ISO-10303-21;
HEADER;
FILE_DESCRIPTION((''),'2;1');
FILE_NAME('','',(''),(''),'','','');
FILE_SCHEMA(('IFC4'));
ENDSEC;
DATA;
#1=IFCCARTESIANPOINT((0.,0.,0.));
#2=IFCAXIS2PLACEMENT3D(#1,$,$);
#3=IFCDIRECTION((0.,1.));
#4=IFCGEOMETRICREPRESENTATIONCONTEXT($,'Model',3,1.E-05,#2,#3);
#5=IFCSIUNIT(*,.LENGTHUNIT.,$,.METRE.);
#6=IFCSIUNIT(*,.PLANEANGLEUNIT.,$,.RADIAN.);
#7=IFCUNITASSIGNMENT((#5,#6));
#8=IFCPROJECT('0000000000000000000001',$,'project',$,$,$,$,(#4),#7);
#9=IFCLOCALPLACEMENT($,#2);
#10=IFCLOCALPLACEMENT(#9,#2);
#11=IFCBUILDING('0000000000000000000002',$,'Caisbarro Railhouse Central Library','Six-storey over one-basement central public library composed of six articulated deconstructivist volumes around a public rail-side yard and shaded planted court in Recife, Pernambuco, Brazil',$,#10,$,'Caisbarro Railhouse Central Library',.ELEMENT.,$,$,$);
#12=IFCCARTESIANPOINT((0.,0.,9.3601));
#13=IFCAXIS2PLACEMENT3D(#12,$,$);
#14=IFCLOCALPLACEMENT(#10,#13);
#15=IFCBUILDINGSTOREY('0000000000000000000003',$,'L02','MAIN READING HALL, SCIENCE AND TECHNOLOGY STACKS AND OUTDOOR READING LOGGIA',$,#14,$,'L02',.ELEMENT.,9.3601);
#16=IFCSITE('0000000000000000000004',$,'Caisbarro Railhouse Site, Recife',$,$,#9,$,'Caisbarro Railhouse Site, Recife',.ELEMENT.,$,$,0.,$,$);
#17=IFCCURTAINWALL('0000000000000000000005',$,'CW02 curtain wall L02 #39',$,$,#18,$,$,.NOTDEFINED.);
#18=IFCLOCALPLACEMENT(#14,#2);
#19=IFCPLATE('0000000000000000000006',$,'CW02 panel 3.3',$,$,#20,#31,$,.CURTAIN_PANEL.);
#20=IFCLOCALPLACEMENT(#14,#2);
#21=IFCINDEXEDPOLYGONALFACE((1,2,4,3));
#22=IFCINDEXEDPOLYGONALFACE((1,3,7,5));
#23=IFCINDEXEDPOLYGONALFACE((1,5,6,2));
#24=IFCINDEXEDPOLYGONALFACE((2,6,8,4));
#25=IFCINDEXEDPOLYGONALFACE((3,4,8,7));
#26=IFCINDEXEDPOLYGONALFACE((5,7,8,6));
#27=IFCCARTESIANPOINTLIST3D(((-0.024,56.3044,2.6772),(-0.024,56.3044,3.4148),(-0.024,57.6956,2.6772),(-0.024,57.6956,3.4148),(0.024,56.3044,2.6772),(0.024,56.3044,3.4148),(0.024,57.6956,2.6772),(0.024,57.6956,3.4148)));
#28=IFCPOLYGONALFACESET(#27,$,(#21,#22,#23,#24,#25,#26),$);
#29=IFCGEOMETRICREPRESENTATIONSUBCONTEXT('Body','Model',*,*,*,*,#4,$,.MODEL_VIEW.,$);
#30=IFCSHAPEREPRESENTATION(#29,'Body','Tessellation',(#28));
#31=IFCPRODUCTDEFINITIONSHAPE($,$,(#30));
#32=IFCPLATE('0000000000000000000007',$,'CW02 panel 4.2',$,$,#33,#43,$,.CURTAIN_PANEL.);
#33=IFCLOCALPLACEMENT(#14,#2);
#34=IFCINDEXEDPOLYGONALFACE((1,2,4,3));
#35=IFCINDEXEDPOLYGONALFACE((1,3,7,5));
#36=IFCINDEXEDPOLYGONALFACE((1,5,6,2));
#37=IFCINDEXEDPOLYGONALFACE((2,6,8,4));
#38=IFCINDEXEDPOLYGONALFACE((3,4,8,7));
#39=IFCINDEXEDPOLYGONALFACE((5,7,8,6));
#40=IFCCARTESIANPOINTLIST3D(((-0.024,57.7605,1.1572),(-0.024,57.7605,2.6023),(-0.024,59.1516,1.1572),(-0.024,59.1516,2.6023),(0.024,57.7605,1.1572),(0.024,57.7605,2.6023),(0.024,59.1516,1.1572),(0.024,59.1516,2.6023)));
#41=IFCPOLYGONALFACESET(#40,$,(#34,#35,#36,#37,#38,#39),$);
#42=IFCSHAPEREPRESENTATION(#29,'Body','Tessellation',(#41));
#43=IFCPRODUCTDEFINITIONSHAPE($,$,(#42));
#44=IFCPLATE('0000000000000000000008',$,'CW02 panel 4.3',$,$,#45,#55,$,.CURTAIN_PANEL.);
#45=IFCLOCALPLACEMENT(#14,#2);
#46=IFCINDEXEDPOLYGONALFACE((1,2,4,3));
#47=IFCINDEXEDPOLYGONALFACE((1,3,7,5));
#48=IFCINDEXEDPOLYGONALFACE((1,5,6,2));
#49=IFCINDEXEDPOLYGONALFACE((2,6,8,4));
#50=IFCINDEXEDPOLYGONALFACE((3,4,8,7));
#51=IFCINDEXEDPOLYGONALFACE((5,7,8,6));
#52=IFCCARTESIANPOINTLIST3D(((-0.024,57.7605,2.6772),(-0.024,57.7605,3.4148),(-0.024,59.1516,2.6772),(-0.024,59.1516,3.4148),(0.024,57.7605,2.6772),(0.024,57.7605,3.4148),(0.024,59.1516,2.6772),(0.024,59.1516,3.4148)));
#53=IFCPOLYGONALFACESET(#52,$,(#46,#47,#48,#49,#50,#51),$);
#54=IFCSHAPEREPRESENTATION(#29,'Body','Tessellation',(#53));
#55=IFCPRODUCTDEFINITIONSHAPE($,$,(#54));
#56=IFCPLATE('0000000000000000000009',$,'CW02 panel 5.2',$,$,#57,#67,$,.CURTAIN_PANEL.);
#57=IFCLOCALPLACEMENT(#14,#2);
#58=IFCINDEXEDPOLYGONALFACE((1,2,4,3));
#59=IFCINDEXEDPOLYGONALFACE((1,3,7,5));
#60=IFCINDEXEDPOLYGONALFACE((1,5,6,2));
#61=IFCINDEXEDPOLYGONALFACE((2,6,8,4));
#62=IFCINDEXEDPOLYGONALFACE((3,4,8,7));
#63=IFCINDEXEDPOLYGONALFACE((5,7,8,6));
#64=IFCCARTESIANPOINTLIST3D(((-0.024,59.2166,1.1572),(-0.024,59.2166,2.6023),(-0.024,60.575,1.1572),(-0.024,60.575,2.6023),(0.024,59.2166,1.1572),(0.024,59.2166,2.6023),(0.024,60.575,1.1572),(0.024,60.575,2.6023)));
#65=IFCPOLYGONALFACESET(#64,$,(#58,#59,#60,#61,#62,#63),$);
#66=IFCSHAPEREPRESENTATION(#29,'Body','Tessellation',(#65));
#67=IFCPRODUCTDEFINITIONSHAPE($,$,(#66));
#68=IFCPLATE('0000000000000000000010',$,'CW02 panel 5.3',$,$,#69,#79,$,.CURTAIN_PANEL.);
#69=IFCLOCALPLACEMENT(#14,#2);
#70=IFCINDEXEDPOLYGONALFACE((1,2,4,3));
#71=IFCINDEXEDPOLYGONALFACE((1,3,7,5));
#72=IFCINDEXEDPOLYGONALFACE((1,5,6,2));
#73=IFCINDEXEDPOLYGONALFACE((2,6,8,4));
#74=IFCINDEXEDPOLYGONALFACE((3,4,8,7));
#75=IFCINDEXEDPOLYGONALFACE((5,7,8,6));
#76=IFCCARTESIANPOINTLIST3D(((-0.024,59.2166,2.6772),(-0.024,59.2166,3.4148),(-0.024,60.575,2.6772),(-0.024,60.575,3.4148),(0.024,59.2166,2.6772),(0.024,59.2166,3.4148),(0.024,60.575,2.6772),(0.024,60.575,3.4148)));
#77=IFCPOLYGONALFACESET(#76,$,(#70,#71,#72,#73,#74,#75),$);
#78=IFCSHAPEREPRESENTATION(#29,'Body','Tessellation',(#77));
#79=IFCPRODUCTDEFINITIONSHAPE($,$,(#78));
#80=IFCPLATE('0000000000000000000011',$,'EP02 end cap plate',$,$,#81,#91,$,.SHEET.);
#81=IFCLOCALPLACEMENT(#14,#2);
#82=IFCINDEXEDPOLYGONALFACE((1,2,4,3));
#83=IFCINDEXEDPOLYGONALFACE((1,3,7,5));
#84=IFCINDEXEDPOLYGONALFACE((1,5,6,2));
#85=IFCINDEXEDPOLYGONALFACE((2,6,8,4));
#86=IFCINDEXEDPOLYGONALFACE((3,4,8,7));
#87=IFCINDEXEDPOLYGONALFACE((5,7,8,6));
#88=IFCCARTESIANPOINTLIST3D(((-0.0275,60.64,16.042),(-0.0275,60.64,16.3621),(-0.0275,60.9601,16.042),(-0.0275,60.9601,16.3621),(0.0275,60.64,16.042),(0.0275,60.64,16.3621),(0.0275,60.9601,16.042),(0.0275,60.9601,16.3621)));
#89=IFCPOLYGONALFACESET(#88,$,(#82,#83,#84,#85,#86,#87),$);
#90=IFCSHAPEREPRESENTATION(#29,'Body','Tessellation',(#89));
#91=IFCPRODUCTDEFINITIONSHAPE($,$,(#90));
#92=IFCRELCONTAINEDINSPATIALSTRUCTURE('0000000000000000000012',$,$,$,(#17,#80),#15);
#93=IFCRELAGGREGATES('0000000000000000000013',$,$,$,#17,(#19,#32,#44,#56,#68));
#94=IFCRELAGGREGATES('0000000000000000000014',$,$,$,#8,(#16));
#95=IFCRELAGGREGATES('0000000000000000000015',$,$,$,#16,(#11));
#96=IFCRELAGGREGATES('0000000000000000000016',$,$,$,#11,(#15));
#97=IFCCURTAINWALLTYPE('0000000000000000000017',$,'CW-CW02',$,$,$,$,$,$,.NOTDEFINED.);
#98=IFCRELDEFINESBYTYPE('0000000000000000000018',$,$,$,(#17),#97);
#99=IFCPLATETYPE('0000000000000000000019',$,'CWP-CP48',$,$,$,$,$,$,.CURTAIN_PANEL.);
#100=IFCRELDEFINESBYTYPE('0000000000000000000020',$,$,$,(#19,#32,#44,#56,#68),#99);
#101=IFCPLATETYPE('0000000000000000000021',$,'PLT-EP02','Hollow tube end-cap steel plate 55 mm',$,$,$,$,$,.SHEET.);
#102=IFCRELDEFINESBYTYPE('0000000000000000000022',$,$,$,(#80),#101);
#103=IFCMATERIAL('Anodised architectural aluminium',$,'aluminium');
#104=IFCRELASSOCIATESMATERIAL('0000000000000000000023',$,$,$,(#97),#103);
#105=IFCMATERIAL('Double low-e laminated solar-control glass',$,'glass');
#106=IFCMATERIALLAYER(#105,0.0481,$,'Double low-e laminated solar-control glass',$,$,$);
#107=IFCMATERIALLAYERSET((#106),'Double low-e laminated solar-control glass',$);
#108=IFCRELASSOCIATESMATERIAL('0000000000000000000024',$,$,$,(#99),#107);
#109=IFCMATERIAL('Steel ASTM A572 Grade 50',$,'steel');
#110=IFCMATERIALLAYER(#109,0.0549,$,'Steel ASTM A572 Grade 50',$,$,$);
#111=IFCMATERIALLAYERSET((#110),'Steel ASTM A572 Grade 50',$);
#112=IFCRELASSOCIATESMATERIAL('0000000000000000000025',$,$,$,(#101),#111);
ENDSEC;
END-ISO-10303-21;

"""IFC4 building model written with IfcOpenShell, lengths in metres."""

from ifc_helpers import new_model, si_unit, direction, frame, origin, origin_2d, place, context, subcontext, project, spatial, rectangle, extrude, material, layer, layer_set, type_object, element, aggregate, save


model = new_model("IFC4")

# Units and contexts
model_context = context("Model", 3, precision=1e-05, world=origin(), true_north=direction((0.0, 1.0)))
body_context = subcontext(model_context, "Body", "Model", "MODEL_VIEW")
ifc_project = project(units=[si_unit("LENGTHUNIT", "METRE"), si_unit("PLANEANGLEUNIT", "RADIAN")], contexts=[model_context])

# Site, building, storey
site_placement = place(None, origin())
site = spatial("IfcSite", under=ifc_project, at=site_placement, Name="Caisbarro Railhouse Site, Recife", LongName="Caisbarro Railhouse Site, Recife", CompositionType="ELEMENT", RefElevation=0.0)
building_placement = place(site_placement, origin())
building = spatial("IfcBuilding", under=site, at=building_placement, Name="Caisbarro Railhouse Central Library", Description="Six-storey over one-basement central public library composed of six articulated deconstructivist volumes around a public rail-side yard and shaded planted court in Recife, Pernambuco, Brazil", LongName="Caisbarro Railhouse Central Library", CompositionType="ELEMENT")
storey_placement = place(building_placement, frame((0.0, 0.0, 9.3601)))
storey = spatial("IfcBuildingStorey", under=building, at=storey_placement, Name="L02", Description="MAIN READING HALL, SCIENCE AND TECHNOLOGY STACKS AND OUTDOOR READING LOGGIA", LongName="L02", CompositionType="ELEMENT", Elevation=9.3601)

# Curtain wall
ifc_material_1 = material(Name="Anodised architectural aluminium", Category="aluminium")
curtain_wall_type_1 = type_object("IfcCurtainWallType", Name="CW-CW02", PredefinedType="NOTDEFINED", material=ifc_material_1)
curtain_wall_1_placement = place(storey_placement, origin())
curtain_wall_1 = element("IfcCurtainWall", 1, at=curtain_wall_1_placement, inside=storey, type_object=curtain_wall_type_1, Name="CW02 curtain wall L02 #39", PredefinedType="NOTDEFINED")

# Plates
ifc_material_2 = material(Name="Double low-e laminated solar-control glass", Category="glass")
ifc_layer_1 = layer(ifc_material_2, 0.0481, Name="Double low-e laminated solar-control glass")
ifc_layer_set_1 = layer_set([ifc_layer_1], Name="Double low-e laminated solar-control glass")
plate_type_1 = type_object("IfcPlateType", Name="CWP-CP48", PredefinedType="CURTAIN_PANEL", material=ifc_layer_set_1)
plate_1_placement = place(storey_placement, frame((0.0, 57.0, 2.6772), z_axis=(0.0, 0.0, 1.0), x_axis=(0.0, 1.0, 0.0)))
plate_1 = element("IfcPlate", 2, at=plate_1_placement, type_object=plate_type_1, Name="CW02 panel 3.3", PredefinedType="CURTAIN_PANEL", context=body_context, shape_type="SweptSolid", body=[
    extrude(rectangle(XDim=1.3911, YDim=0.0481, at=origin_2d()), origin(), (0.0, 0.0, 1.0), 0.7375),
])
plate_2_placement = place(storey_placement, frame((0.0, 58.4561, 1.1572), z_axis=(0.0, 0.0, 1.0), x_axis=(0.0, 1.0, 0.0)))
plate_2 = element("IfcPlate", 3, at=plate_2_placement, type_object=plate_type_1, Name="CW02 panel 4.2", PredefinedType="CURTAIN_PANEL", context=body_context, shape_type="SweptSolid", body=[
    extrude(rectangle(XDim=1.3911, YDim=0.0481, at=origin_2d()), origin(), (0.0, 0.0, 1.0), 1.4451),
])
plate_3_placement = place(storey_placement, frame((0.0, 58.4561, 2.6772), z_axis=(0.0, 0.0, 1.0), x_axis=(0.0, 1.0, 0.0)))
plate_3 = element("IfcPlate", 4, at=plate_3_placement, type_object=plate_type_1, Name="CW02 panel 4.3", PredefinedType="CURTAIN_PANEL", context=body_context, shape_type="SweptSolid", body=[
    extrude(rectangle(XDim=1.3911, YDim=0.0481, at=origin_2d()), origin(), (0.0, 0.0, 1.0), 0.7375),
])
plate_4_placement = place(storey_placement, frame((0.0, 59.8958, 1.1572), z_axis=(0.0, 0.0, 1.0), x_axis=(0.0, 1.0, 0.0)))
plate_4 = element("IfcPlate", 5, at=plate_4_placement, type_object=plate_type_1, Name="CW02 panel 5.2", PredefinedType="CURTAIN_PANEL", context=body_context, shape_type="SweptSolid", body=[
    extrude(rectangle(XDim=1.3584, YDim=0.0481, at=origin_2d()), origin(), (0.0, 0.0, 1.0), 1.4451),
])
plate_5_placement = place(storey_placement, frame((0.0, 59.8958, 2.6772), z_axis=(0.0, 0.0, 1.0), x_axis=(0.0, 1.0, 0.0)))
plate_5 = element("IfcPlate", 6, at=plate_5_placement, type_object=plate_type_1, Name="CW02 panel 5.3", PredefinedType="CURTAIN_PANEL", context=body_context, shape_type="SweptSolid", body=[
    extrude(rectangle(XDim=1.3584, YDim=0.0481, at=origin_2d()), origin(), (0.0, 0.0, 1.0), 0.7375),
])
aggregate(curtain_wall_1, [plate_1, plate_2, plate_3, plate_4, plate_5])
ifc_material_3 = material(Name="Steel ASTM A572 Grade 50", Category="steel")
ifc_layer_2 = layer(ifc_material_3, 0.0549, Name="Steel ASTM A572 Grade 50")
ifc_layer_set_2 = layer_set([ifc_layer_2], Name="Steel ASTM A572 Grade 50")
plate_type_2 = type_object("IfcPlateType", Name="PLT-EP02", Description="Hollow tube end-cap steel plate 55 mm", PredefinedType="SHEET", material=ifc_layer_set_2)
plate_6_placement = place(storey_placement, frame((0.0, 60.8, 16.042), z_axis=(0.0, 0.0, 1.0), x_axis=(1.0, 0.0, 0.0)))
element("IfcPlate", 7, at=plate_6_placement, inside=storey, type_object=plate_type_2, Name="EP02 end cap plate", PredefinedType="SHEET", context=body_context, shape_type="SweptSolid", body=[
    extrude(rectangle(XDim=0.0549, YDim=0.3201, at=origin_2d()), origin(), (0.0, 0.0, 1.0), 0.3201),
])

save(model, "model.ifc")
